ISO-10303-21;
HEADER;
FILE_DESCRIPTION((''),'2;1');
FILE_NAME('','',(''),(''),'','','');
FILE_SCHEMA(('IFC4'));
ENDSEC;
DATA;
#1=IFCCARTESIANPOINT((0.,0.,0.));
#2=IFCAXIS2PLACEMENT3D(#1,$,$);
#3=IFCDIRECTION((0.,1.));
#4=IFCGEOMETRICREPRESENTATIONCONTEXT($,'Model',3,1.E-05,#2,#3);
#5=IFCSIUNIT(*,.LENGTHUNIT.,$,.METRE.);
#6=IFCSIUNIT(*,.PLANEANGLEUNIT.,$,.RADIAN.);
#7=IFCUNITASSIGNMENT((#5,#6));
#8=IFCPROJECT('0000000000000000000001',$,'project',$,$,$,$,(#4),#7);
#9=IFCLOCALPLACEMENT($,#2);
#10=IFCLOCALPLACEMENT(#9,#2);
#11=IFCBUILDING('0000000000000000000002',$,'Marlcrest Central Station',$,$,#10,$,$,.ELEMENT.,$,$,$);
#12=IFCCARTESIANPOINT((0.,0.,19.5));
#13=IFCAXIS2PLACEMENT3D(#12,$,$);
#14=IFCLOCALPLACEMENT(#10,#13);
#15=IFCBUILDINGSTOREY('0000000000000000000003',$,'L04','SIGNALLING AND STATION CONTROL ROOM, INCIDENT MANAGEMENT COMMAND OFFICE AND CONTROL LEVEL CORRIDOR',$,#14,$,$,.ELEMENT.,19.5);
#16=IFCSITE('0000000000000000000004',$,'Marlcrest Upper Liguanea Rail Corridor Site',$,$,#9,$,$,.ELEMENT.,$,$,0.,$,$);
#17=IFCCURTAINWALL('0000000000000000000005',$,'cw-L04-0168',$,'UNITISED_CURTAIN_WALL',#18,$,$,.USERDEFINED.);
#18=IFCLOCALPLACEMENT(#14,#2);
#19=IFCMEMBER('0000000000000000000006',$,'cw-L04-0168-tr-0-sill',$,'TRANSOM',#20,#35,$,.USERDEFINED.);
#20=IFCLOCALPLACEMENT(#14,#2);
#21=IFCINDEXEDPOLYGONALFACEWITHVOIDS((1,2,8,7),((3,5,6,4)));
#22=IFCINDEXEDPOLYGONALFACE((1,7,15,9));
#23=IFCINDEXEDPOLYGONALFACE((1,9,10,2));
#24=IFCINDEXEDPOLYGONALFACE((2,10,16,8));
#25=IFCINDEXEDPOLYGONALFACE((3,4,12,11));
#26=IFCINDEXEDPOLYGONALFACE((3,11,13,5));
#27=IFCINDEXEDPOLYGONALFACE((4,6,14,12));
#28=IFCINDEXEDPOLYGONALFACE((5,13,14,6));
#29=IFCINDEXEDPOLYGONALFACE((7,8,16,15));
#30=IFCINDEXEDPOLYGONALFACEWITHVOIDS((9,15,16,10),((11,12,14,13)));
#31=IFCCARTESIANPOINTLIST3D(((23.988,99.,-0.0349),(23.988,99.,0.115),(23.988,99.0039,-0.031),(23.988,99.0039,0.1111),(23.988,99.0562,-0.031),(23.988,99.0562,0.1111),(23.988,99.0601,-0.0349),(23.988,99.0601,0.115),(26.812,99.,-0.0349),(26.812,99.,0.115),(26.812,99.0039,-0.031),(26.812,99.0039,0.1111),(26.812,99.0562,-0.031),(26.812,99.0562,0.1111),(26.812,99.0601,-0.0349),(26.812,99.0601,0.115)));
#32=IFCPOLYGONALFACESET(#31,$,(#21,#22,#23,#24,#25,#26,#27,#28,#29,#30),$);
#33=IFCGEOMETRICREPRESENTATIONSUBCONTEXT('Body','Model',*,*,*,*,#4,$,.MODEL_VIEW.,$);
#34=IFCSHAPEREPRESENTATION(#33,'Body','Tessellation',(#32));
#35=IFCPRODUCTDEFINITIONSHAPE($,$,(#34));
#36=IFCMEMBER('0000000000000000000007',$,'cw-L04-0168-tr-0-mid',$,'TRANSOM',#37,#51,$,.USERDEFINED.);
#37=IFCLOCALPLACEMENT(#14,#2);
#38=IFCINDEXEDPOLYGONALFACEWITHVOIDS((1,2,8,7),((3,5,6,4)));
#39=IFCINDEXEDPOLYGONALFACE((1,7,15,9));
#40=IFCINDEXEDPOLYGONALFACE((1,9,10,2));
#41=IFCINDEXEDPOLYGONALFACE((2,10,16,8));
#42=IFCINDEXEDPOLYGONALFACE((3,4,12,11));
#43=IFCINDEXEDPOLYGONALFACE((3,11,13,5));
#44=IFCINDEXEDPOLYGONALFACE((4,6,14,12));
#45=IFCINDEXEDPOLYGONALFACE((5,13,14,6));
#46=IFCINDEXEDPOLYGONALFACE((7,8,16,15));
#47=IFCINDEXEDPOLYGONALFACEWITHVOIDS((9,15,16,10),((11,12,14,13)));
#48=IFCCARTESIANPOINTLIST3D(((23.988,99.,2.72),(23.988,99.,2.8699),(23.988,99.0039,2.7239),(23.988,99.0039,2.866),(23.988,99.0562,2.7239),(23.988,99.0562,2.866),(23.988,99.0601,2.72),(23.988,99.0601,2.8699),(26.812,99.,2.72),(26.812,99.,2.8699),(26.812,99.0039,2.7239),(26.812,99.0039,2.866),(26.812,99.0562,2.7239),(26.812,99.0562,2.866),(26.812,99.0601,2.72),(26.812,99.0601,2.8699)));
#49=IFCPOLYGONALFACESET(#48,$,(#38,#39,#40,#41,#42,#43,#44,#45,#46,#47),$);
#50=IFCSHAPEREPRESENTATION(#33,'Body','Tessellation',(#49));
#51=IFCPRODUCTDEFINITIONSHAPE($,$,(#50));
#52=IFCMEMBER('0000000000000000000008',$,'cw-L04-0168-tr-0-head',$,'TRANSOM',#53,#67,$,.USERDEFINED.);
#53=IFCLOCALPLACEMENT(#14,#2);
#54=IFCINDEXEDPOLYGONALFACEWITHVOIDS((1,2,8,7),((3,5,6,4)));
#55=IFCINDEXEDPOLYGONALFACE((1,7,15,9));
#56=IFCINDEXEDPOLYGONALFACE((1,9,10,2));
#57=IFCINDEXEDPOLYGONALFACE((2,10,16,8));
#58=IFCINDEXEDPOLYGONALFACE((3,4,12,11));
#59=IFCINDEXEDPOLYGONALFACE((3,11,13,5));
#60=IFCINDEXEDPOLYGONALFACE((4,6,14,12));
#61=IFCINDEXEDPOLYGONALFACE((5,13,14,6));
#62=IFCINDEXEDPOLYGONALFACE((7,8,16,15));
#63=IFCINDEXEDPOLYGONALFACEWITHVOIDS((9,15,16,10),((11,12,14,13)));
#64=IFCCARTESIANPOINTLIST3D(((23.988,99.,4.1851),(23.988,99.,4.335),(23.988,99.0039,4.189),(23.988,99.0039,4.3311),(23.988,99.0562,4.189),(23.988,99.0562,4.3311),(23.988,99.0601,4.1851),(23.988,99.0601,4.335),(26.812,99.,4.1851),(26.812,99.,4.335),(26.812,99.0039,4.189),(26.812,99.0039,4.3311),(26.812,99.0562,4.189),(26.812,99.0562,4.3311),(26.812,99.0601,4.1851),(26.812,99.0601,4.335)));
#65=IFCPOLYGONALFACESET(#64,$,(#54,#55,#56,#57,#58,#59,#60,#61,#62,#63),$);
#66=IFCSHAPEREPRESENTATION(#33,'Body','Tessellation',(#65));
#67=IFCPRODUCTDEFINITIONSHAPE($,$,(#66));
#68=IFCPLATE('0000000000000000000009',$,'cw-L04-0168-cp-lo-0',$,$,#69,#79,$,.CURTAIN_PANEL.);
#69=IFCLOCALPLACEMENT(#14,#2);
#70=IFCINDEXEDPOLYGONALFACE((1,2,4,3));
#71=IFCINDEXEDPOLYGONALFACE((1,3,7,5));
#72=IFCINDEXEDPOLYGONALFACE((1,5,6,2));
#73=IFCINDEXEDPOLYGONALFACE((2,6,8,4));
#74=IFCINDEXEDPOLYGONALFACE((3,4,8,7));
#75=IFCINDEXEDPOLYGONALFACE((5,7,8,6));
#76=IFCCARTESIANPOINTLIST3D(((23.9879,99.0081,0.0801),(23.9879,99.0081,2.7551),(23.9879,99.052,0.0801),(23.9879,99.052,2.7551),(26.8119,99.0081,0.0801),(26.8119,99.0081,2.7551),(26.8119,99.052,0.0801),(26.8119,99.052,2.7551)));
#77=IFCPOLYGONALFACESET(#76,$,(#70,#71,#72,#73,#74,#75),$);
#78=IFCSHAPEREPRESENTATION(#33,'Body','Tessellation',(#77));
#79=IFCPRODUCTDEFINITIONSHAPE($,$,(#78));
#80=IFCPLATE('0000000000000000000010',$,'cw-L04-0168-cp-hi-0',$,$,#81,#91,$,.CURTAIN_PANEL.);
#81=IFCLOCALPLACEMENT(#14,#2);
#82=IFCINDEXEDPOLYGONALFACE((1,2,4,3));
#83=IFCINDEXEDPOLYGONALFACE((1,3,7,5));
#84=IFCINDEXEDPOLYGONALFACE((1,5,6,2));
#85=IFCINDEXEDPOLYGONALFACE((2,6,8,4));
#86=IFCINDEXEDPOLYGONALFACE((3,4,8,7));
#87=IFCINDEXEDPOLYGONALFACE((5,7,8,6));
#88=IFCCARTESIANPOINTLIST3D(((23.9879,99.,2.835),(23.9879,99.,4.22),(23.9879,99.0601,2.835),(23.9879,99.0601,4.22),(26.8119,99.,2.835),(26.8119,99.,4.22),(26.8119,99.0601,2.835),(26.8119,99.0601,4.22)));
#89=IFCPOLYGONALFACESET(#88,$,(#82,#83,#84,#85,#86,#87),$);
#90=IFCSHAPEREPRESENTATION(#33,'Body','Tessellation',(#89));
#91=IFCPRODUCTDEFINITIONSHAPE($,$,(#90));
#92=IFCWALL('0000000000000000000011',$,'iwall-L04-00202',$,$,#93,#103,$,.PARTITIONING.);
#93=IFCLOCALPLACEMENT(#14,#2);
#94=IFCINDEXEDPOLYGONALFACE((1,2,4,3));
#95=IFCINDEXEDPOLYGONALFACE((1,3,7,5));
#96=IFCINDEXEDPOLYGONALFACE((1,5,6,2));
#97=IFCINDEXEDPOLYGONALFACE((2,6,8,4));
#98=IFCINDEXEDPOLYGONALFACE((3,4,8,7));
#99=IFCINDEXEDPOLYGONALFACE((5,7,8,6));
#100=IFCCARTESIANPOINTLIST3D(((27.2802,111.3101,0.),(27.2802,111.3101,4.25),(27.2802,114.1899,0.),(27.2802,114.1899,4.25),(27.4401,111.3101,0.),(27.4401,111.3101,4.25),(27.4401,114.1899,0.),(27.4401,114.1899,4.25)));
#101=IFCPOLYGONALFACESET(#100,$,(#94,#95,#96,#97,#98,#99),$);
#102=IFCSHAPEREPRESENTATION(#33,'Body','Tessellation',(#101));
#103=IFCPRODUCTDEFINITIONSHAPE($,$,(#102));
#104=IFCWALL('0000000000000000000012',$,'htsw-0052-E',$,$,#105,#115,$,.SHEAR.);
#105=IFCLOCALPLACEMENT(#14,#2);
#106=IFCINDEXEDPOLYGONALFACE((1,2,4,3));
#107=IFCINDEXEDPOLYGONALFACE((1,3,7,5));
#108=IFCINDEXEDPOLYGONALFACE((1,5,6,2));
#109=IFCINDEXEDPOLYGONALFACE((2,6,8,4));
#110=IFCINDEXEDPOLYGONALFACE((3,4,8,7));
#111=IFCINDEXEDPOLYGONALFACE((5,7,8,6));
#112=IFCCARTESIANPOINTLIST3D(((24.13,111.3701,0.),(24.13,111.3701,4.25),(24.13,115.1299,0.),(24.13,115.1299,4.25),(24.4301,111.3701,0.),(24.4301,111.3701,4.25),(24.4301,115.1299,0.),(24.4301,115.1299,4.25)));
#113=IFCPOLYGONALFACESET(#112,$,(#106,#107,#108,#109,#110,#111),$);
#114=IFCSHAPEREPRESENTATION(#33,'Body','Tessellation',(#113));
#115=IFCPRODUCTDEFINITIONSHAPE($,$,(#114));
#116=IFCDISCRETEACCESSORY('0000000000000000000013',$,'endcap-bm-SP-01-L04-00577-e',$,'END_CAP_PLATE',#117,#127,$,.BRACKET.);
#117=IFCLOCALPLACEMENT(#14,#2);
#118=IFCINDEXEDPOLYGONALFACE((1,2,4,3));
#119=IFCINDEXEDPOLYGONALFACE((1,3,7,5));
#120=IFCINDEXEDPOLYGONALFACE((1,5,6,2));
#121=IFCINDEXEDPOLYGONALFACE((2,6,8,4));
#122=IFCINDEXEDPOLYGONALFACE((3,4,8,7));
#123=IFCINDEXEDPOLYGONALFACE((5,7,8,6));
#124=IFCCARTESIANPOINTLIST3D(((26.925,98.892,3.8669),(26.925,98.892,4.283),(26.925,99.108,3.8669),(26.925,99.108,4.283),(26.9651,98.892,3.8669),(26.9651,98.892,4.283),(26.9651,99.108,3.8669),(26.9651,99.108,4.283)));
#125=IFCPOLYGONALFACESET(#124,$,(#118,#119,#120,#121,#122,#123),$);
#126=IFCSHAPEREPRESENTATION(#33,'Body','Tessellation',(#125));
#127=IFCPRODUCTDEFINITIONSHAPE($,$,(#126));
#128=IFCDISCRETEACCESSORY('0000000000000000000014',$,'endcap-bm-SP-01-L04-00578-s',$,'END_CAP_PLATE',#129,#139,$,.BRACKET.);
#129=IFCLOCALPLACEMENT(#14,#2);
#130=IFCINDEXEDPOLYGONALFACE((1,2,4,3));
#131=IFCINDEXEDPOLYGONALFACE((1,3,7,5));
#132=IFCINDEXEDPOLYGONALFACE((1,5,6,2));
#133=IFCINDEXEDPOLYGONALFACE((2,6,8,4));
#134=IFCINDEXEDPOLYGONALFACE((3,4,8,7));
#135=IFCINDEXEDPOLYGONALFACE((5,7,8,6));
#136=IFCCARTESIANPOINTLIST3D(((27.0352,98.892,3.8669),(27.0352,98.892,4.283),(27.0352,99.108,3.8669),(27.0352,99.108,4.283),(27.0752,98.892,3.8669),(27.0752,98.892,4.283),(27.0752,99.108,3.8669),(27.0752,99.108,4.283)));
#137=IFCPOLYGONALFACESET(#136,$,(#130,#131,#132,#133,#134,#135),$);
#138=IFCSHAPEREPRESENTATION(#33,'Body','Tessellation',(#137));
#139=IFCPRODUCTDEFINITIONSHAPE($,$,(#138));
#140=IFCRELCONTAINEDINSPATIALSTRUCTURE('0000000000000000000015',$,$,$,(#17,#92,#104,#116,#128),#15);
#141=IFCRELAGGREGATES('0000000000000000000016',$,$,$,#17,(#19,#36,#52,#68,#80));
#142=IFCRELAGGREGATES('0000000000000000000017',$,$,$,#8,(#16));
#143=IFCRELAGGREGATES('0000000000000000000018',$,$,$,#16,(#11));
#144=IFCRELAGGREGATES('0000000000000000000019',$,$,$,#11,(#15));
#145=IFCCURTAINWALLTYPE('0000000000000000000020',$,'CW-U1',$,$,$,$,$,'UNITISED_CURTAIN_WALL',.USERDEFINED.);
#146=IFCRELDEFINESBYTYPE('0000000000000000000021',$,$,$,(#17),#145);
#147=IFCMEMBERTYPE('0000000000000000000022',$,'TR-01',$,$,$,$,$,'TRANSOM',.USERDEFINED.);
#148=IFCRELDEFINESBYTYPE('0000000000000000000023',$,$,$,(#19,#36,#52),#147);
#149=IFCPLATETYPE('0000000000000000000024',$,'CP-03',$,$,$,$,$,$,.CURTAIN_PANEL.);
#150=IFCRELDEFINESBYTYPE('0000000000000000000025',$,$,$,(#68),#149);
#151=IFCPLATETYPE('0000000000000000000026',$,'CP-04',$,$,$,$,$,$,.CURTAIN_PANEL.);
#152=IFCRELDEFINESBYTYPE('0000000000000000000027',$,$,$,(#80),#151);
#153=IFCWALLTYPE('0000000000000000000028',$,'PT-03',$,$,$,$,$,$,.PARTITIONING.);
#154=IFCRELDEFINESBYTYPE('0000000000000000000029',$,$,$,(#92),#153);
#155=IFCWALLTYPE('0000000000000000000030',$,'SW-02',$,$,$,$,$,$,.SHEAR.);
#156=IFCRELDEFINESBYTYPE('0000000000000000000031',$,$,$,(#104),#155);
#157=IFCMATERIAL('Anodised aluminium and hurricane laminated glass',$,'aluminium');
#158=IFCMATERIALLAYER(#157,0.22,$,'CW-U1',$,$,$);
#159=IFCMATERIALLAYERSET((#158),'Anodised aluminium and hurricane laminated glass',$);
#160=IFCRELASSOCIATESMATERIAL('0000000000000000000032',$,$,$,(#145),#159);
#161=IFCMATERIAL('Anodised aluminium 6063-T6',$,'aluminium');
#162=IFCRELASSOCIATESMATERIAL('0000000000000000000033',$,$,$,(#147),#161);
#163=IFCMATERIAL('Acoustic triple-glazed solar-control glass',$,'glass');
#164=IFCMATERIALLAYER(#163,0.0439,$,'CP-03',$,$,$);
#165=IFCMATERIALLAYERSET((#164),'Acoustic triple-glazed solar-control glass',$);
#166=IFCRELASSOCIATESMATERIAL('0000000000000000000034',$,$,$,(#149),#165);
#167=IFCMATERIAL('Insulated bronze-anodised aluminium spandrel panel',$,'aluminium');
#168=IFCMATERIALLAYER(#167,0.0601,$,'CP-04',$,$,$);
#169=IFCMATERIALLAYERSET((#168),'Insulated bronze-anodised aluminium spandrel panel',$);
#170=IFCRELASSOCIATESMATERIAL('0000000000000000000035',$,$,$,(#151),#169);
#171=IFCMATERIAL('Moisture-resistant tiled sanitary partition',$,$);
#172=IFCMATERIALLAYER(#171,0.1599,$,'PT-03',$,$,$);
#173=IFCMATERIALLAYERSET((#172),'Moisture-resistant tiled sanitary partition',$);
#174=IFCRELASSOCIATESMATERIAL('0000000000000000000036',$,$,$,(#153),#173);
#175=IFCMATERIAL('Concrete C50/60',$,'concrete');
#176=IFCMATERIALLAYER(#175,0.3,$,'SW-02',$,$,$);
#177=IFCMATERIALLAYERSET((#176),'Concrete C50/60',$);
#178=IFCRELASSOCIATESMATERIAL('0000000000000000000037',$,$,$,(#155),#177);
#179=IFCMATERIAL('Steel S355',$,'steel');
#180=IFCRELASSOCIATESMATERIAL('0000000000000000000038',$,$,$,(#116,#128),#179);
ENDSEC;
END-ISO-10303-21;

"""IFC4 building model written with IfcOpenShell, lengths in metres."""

from ifc_helpers import new_model, si_unit, direction, frame, frame_2d, origin, origin_2d, place, context, subcontext, project, spatial, rectangle, hollow_rectangle, extrude, material, layer, layer_set, material_profile, profile_set, type_object, element, aggregate, save


model = new_model("IFC4")

# Units and contexts
model_context = context("Model", 3, precision=1e-05, world=origin(), true_north=direction((0.0, 1.0)))
body_context = subcontext(model_context, "Body", "Model", "MODEL_VIEW")
ifc_project = project(units=[si_unit("LENGTHUNIT", "METRE"), si_unit("PLANEANGLEUNIT", "RADIAN")], contexts=[model_context])

# Site, building, storey
site_placement = place(None, origin())
site = spatial("IfcSite", under=ifc_project, at=site_placement, Name="Marlcrest Upper Liguanea Rail Corridor Site", CompositionType="ELEMENT", RefElevation=0.0)
building_placement = place(site_placement, origin())
building = spatial("IfcBuilding", under=site, at=building_placement, Name="Marlcrest Central Station", CompositionType="ELEMENT")
storey_placement = place(building_placement, frame((0.0, 0.0, 19.5)))
storey = spatial("IfcBuildingStorey", under=building, at=storey_placement, Name="L04", Description="SIGNALLING AND STATION CONTROL ROOM, INCIDENT MANAGEMENT COMMAND OFFICE AND CONTROL LEVEL CORRIDOR", CompositionType="ELEMENT", Elevation=19.5)

# Shared definitions
ifc_material_1 = material(Name="Steel S355", Category="steel")

# Curtain wall
ifc_material_2 = material(Name="Anodised aluminium and hurricane laminated glass", Category="aluminium")
ifc_layer_1 = layer(ifc_material_2, 0.22, Name="CW-U1")
ifc_layer_set_1 = layer_set([ifc_layer_1], Name="Anodised aluminium and hurricane laminated glass")
curtain_wall_type = type_object("IfcCurtainWallType", Name="CW-U1", ElementType="UNITISED_CURTAIN_WALL", PredefinedType="USERDEFINED", material=ifc_layer_set_1)
curtain_wall_placement = place(storey_placement, origin())
curtain_wall = element("IfcCurtainWall", 1, at=curtain_wall_placement, inside=storey, type_object=curtain_wall_type, Name="cw-L04-0168", ObjectType="UNITISED_CURTAIN_WALL", PredefinedType="USERDEFINED")
ifc_material_3 = material(Name="Anodised aluminium 6063-T6", Category="aluminium")

# Members
ifc_material_profile_1 = material_profile(ifc_material_3, hollow_rectangle(XDim=0.0601, YDim=0.1499, WallThickness=0.0039, at=origin_2d()), Name="AA-RHS 150x60x4")
ifc_profile_set_1 = profile_set([ifc_material_profile_1], Name="Anodised aluminium 6063-T6")
member_type_1 = type_object("IfcMemberType", Name="TR-01", ElementType="TRANSOM", PredefinedType="USERDEFINED", material=ifc_profile_set_1)
member_1_placement = place(storey_placement, frame((26.812, 99.03, 0.04), z_axis=(-1.0, 0.0, 0.0), x_axis=(0.0, -1.0, 0.0)))
member_1 = element("IfcMember", 2, at=member_1_placement, type_object=member_type_1, Name="cw-L04-0168-tr-0-sill", ObjectType="TRANSOM", PredefinedType="USERDEFINED", context=body_context, shape_type="SweptSolid", body=[
    extrude(hollow_rectangle(XDim=0.0601, YDim=0.1499, WallThickness=0.0039, at=origin_2d()), origin(), (0.0, 0.0, 1.0), 2.824),
])
member_2_placement = place(storey_placement, frame((26.812, 99.03, 2.7949), z_axis=(-1.0, 0.0, 0.0), x_axis=(0.0, -1.0, 0.0)))
member_2 = element("IfcMember", 3, at=member_2_placement, type_object=member_type_1, Name="cw-L04-0168-tr-0-mid", ObjectType="TRANSOM", PredefinedType="USERDEFINED", context=body_context, shape_type="SweptSolid", body=[
    extrude(hollow_rectangle(XDim=0.0601, YDim=0.1499, WallThickness=0.0039, at=origin_2d()), origin(), (0.0, 0.0, 1.0), 2.824),
])
member_3_placement = place(storey_placement, frame((26.812, 99.03, 4.26), z_axis=(-1.0, 0.0, 0.0), x_axis=(0.0, -1.0, 0.0)))
member_3 = element("IfcMember", 4, at=member_3_placement, type_object=member_type_1, Name="cw-L04-0168-tr-0-head", ObjectType="TRANSOM", PredefinedType="USERDEFINED", context=body_context, shape_type="SweptSolid", body=[
    extrude(hollow_rectangle(XDim=0.0601, YDim=0.1499, WallThickness=0.0039, at=origin_2d()), origin(), (0.0, 0.0, 1.0), 2.824),
])

# Plates
ifc_material_4 = material(Name="Acoustic triple-glazed solar-control glass", Category="glass")
ifc_layer_2 = layer(ifc_material_4, 0.0439, Name="CP-03")
ifc_layer_set_2 = layer_set([ifc_layer_2], Name="Acoustic triple-glazed solar-control glass")
plate_type_1 = type_object("IfcPlateType", Name="CP-03", PredefinedType="CURTAIN_PANEL", material=ifc_layer_set_2)
plate_1_placement = place(storey_placement, frame((25.3999, 99.03, 0.0801), z_axis=(0.0, 0.0, 1.0), x_axis=(-1.0, 0.0, 0.0)))
plate_1 = element("IfcPlate", 5, at=plate_1_placement, type_object=plate_type_1, Name="cw-L04-0168-cp-lo-0", PredefinedType="CURTAIN_PANEL", context=body_context, shape_type="SweptSolid", body=[
    extrude(rectangle(XDim=2.824, YDim=0.0439, at=origin_2d()), origin(), (0.0, 0.0, 1.0), 2.675),
])
ifc_material_5 = material(Name="Insulated bronze-anodised aluminium spandrel panel", Category="aluminium")
ifc_layer_3 = layer(ifc_material_5, 0.0601, Name="CP-04")
ifc_layer_set_3 = layer_set([ifc_layer_3], Name="Insulated bronze-anodised aluminium spandrel panel")
plate_type_2 = type_object("IfcPlateType", Name="CP-04", PredefinedType="CURTAIN_PANEL", material=ifc_layer_set_3)
plate_2_placement = place(storey_placement, frame((25.3999, 99.03, 2.835), z_axis=(0.0, 0.0, 1.0), x_axis=(-1.0, 0.0, 0.0)))
plate_2 = element("IfcPlate", 6, at=plate_2_placement, type_object=plate_type_2, Name="cw-L04-0168-cp-hi-0", PredefinedType="CURTAIN_PANEL", context=body_context, shape_type="SweptSolid", body=[
    extrude(rectangle(XDim=2.824, YDim=0.0601, at=origin_2d()), origin(), (0.0, 0.0, 1.0), 1.385),
])
aggregate(curtain_wall, [member_1, member_2, member_3, plate_1, plate_2])

# Walls
ifc_material_6 = material(Name="Moisture-resistant tiled sanitary partition")
ifc_layer_4 = layer(ifc_material_6, 0.1599, Name="PT-03")
ifc_layer_set_4 = layer_set([ifc_layer_4], Name="Moisture-resistant tiled sanitary partition")
wall_type_1 = type_object("IfcWallType", Name="PT-03", PredefinedType="PARTITIONING", material=ifc_layer_set_4)
wall_1_placement = place(storey_placement, frame((27.3601, 111.3101, 0.0), z_axis=(0.0, 0.0, 1.0), x_axis=(0.0, 1.0, 0.0)))
element("IfcWall", 7, at=wall_1_placement, inside=storey, type_object=wall_type_1, Name="iwall-L04-00202", PredefinedType="PARTITIONING", context=body_context, shape_type="SweptSolid", body=[
    extrude(rectangle(XDim=2.8799, YDim=0.1599, at=frame_2d((1.4399, 0.0))), origin(), (0.0, 0.0, 1.0), 4.25),
])
ifc_material_7 = material(Name="Concrete C50/60", Category="concrete")
ifc_layer_5 = layer(ifc_material_7, 0.3, Name="SW-02")
ifc_layer_set_5 = layer_set([ifc_layer_5], Name="Concrete C50/60")
wall_type_2 = type_object("IfcWallType", Name="SW-02", PredefinedType="SHEAR", material=ifc_layer_set_5)
wall_2_placement = place(storey_placement, frame((24.28, 111.3701, 0.0), z_axis=(0.0, 0.0, 1.0), x_axis=(0.0, 1.0, 0.0)))
element("IfcWall", 8, at=wall_2_placement, inside=storey, type_object=wall_type_2, Name="htsw-0052-E", PredefinedType="SHEAR", context=body_context, shape_type="SweptSolid", body=[
    extrude(rectangle(XDim=3.7598, YDim=0.3, at=frame_2d((1.8799, 0.0))), origin(), (0.0, 0.0, 1.0), 4.25),
])

# Discrete accessories
for number, where, z_axis, x_axis, name in (
    (9, (26.925, 99.0, 4.075), (1.0, 0.0, 0.0), (0.0, 1.0, 0.0), "endcap-bm-SP-01-L04-00577-e"),
    (10, (27.0352, 99.0, 4.075), (1.0, 0.0, 0.0), (0.0, 1.0, 0.0), "endcap-bm-SP-01-L04-00578-s"),
):
    element("IfcDiscreteAccessory", number, at=place(storey_placement, frame(where, z_axis=z_axis, x_axis=x_axis)), inside=storey, material=ifc_material_1, Name=name, ObjectType="END_CAP_PLATE", PredefinedType="BRACKET", context=body_context, shape_type="SweptSolid", body=[
        extrude(rectangle(XDim=0.2161, YDim=0.416, at=origin_2d()), origin(), (0.0, 0.0, 1.0), 0.04),
    ])

save(model, "model.ifc")
